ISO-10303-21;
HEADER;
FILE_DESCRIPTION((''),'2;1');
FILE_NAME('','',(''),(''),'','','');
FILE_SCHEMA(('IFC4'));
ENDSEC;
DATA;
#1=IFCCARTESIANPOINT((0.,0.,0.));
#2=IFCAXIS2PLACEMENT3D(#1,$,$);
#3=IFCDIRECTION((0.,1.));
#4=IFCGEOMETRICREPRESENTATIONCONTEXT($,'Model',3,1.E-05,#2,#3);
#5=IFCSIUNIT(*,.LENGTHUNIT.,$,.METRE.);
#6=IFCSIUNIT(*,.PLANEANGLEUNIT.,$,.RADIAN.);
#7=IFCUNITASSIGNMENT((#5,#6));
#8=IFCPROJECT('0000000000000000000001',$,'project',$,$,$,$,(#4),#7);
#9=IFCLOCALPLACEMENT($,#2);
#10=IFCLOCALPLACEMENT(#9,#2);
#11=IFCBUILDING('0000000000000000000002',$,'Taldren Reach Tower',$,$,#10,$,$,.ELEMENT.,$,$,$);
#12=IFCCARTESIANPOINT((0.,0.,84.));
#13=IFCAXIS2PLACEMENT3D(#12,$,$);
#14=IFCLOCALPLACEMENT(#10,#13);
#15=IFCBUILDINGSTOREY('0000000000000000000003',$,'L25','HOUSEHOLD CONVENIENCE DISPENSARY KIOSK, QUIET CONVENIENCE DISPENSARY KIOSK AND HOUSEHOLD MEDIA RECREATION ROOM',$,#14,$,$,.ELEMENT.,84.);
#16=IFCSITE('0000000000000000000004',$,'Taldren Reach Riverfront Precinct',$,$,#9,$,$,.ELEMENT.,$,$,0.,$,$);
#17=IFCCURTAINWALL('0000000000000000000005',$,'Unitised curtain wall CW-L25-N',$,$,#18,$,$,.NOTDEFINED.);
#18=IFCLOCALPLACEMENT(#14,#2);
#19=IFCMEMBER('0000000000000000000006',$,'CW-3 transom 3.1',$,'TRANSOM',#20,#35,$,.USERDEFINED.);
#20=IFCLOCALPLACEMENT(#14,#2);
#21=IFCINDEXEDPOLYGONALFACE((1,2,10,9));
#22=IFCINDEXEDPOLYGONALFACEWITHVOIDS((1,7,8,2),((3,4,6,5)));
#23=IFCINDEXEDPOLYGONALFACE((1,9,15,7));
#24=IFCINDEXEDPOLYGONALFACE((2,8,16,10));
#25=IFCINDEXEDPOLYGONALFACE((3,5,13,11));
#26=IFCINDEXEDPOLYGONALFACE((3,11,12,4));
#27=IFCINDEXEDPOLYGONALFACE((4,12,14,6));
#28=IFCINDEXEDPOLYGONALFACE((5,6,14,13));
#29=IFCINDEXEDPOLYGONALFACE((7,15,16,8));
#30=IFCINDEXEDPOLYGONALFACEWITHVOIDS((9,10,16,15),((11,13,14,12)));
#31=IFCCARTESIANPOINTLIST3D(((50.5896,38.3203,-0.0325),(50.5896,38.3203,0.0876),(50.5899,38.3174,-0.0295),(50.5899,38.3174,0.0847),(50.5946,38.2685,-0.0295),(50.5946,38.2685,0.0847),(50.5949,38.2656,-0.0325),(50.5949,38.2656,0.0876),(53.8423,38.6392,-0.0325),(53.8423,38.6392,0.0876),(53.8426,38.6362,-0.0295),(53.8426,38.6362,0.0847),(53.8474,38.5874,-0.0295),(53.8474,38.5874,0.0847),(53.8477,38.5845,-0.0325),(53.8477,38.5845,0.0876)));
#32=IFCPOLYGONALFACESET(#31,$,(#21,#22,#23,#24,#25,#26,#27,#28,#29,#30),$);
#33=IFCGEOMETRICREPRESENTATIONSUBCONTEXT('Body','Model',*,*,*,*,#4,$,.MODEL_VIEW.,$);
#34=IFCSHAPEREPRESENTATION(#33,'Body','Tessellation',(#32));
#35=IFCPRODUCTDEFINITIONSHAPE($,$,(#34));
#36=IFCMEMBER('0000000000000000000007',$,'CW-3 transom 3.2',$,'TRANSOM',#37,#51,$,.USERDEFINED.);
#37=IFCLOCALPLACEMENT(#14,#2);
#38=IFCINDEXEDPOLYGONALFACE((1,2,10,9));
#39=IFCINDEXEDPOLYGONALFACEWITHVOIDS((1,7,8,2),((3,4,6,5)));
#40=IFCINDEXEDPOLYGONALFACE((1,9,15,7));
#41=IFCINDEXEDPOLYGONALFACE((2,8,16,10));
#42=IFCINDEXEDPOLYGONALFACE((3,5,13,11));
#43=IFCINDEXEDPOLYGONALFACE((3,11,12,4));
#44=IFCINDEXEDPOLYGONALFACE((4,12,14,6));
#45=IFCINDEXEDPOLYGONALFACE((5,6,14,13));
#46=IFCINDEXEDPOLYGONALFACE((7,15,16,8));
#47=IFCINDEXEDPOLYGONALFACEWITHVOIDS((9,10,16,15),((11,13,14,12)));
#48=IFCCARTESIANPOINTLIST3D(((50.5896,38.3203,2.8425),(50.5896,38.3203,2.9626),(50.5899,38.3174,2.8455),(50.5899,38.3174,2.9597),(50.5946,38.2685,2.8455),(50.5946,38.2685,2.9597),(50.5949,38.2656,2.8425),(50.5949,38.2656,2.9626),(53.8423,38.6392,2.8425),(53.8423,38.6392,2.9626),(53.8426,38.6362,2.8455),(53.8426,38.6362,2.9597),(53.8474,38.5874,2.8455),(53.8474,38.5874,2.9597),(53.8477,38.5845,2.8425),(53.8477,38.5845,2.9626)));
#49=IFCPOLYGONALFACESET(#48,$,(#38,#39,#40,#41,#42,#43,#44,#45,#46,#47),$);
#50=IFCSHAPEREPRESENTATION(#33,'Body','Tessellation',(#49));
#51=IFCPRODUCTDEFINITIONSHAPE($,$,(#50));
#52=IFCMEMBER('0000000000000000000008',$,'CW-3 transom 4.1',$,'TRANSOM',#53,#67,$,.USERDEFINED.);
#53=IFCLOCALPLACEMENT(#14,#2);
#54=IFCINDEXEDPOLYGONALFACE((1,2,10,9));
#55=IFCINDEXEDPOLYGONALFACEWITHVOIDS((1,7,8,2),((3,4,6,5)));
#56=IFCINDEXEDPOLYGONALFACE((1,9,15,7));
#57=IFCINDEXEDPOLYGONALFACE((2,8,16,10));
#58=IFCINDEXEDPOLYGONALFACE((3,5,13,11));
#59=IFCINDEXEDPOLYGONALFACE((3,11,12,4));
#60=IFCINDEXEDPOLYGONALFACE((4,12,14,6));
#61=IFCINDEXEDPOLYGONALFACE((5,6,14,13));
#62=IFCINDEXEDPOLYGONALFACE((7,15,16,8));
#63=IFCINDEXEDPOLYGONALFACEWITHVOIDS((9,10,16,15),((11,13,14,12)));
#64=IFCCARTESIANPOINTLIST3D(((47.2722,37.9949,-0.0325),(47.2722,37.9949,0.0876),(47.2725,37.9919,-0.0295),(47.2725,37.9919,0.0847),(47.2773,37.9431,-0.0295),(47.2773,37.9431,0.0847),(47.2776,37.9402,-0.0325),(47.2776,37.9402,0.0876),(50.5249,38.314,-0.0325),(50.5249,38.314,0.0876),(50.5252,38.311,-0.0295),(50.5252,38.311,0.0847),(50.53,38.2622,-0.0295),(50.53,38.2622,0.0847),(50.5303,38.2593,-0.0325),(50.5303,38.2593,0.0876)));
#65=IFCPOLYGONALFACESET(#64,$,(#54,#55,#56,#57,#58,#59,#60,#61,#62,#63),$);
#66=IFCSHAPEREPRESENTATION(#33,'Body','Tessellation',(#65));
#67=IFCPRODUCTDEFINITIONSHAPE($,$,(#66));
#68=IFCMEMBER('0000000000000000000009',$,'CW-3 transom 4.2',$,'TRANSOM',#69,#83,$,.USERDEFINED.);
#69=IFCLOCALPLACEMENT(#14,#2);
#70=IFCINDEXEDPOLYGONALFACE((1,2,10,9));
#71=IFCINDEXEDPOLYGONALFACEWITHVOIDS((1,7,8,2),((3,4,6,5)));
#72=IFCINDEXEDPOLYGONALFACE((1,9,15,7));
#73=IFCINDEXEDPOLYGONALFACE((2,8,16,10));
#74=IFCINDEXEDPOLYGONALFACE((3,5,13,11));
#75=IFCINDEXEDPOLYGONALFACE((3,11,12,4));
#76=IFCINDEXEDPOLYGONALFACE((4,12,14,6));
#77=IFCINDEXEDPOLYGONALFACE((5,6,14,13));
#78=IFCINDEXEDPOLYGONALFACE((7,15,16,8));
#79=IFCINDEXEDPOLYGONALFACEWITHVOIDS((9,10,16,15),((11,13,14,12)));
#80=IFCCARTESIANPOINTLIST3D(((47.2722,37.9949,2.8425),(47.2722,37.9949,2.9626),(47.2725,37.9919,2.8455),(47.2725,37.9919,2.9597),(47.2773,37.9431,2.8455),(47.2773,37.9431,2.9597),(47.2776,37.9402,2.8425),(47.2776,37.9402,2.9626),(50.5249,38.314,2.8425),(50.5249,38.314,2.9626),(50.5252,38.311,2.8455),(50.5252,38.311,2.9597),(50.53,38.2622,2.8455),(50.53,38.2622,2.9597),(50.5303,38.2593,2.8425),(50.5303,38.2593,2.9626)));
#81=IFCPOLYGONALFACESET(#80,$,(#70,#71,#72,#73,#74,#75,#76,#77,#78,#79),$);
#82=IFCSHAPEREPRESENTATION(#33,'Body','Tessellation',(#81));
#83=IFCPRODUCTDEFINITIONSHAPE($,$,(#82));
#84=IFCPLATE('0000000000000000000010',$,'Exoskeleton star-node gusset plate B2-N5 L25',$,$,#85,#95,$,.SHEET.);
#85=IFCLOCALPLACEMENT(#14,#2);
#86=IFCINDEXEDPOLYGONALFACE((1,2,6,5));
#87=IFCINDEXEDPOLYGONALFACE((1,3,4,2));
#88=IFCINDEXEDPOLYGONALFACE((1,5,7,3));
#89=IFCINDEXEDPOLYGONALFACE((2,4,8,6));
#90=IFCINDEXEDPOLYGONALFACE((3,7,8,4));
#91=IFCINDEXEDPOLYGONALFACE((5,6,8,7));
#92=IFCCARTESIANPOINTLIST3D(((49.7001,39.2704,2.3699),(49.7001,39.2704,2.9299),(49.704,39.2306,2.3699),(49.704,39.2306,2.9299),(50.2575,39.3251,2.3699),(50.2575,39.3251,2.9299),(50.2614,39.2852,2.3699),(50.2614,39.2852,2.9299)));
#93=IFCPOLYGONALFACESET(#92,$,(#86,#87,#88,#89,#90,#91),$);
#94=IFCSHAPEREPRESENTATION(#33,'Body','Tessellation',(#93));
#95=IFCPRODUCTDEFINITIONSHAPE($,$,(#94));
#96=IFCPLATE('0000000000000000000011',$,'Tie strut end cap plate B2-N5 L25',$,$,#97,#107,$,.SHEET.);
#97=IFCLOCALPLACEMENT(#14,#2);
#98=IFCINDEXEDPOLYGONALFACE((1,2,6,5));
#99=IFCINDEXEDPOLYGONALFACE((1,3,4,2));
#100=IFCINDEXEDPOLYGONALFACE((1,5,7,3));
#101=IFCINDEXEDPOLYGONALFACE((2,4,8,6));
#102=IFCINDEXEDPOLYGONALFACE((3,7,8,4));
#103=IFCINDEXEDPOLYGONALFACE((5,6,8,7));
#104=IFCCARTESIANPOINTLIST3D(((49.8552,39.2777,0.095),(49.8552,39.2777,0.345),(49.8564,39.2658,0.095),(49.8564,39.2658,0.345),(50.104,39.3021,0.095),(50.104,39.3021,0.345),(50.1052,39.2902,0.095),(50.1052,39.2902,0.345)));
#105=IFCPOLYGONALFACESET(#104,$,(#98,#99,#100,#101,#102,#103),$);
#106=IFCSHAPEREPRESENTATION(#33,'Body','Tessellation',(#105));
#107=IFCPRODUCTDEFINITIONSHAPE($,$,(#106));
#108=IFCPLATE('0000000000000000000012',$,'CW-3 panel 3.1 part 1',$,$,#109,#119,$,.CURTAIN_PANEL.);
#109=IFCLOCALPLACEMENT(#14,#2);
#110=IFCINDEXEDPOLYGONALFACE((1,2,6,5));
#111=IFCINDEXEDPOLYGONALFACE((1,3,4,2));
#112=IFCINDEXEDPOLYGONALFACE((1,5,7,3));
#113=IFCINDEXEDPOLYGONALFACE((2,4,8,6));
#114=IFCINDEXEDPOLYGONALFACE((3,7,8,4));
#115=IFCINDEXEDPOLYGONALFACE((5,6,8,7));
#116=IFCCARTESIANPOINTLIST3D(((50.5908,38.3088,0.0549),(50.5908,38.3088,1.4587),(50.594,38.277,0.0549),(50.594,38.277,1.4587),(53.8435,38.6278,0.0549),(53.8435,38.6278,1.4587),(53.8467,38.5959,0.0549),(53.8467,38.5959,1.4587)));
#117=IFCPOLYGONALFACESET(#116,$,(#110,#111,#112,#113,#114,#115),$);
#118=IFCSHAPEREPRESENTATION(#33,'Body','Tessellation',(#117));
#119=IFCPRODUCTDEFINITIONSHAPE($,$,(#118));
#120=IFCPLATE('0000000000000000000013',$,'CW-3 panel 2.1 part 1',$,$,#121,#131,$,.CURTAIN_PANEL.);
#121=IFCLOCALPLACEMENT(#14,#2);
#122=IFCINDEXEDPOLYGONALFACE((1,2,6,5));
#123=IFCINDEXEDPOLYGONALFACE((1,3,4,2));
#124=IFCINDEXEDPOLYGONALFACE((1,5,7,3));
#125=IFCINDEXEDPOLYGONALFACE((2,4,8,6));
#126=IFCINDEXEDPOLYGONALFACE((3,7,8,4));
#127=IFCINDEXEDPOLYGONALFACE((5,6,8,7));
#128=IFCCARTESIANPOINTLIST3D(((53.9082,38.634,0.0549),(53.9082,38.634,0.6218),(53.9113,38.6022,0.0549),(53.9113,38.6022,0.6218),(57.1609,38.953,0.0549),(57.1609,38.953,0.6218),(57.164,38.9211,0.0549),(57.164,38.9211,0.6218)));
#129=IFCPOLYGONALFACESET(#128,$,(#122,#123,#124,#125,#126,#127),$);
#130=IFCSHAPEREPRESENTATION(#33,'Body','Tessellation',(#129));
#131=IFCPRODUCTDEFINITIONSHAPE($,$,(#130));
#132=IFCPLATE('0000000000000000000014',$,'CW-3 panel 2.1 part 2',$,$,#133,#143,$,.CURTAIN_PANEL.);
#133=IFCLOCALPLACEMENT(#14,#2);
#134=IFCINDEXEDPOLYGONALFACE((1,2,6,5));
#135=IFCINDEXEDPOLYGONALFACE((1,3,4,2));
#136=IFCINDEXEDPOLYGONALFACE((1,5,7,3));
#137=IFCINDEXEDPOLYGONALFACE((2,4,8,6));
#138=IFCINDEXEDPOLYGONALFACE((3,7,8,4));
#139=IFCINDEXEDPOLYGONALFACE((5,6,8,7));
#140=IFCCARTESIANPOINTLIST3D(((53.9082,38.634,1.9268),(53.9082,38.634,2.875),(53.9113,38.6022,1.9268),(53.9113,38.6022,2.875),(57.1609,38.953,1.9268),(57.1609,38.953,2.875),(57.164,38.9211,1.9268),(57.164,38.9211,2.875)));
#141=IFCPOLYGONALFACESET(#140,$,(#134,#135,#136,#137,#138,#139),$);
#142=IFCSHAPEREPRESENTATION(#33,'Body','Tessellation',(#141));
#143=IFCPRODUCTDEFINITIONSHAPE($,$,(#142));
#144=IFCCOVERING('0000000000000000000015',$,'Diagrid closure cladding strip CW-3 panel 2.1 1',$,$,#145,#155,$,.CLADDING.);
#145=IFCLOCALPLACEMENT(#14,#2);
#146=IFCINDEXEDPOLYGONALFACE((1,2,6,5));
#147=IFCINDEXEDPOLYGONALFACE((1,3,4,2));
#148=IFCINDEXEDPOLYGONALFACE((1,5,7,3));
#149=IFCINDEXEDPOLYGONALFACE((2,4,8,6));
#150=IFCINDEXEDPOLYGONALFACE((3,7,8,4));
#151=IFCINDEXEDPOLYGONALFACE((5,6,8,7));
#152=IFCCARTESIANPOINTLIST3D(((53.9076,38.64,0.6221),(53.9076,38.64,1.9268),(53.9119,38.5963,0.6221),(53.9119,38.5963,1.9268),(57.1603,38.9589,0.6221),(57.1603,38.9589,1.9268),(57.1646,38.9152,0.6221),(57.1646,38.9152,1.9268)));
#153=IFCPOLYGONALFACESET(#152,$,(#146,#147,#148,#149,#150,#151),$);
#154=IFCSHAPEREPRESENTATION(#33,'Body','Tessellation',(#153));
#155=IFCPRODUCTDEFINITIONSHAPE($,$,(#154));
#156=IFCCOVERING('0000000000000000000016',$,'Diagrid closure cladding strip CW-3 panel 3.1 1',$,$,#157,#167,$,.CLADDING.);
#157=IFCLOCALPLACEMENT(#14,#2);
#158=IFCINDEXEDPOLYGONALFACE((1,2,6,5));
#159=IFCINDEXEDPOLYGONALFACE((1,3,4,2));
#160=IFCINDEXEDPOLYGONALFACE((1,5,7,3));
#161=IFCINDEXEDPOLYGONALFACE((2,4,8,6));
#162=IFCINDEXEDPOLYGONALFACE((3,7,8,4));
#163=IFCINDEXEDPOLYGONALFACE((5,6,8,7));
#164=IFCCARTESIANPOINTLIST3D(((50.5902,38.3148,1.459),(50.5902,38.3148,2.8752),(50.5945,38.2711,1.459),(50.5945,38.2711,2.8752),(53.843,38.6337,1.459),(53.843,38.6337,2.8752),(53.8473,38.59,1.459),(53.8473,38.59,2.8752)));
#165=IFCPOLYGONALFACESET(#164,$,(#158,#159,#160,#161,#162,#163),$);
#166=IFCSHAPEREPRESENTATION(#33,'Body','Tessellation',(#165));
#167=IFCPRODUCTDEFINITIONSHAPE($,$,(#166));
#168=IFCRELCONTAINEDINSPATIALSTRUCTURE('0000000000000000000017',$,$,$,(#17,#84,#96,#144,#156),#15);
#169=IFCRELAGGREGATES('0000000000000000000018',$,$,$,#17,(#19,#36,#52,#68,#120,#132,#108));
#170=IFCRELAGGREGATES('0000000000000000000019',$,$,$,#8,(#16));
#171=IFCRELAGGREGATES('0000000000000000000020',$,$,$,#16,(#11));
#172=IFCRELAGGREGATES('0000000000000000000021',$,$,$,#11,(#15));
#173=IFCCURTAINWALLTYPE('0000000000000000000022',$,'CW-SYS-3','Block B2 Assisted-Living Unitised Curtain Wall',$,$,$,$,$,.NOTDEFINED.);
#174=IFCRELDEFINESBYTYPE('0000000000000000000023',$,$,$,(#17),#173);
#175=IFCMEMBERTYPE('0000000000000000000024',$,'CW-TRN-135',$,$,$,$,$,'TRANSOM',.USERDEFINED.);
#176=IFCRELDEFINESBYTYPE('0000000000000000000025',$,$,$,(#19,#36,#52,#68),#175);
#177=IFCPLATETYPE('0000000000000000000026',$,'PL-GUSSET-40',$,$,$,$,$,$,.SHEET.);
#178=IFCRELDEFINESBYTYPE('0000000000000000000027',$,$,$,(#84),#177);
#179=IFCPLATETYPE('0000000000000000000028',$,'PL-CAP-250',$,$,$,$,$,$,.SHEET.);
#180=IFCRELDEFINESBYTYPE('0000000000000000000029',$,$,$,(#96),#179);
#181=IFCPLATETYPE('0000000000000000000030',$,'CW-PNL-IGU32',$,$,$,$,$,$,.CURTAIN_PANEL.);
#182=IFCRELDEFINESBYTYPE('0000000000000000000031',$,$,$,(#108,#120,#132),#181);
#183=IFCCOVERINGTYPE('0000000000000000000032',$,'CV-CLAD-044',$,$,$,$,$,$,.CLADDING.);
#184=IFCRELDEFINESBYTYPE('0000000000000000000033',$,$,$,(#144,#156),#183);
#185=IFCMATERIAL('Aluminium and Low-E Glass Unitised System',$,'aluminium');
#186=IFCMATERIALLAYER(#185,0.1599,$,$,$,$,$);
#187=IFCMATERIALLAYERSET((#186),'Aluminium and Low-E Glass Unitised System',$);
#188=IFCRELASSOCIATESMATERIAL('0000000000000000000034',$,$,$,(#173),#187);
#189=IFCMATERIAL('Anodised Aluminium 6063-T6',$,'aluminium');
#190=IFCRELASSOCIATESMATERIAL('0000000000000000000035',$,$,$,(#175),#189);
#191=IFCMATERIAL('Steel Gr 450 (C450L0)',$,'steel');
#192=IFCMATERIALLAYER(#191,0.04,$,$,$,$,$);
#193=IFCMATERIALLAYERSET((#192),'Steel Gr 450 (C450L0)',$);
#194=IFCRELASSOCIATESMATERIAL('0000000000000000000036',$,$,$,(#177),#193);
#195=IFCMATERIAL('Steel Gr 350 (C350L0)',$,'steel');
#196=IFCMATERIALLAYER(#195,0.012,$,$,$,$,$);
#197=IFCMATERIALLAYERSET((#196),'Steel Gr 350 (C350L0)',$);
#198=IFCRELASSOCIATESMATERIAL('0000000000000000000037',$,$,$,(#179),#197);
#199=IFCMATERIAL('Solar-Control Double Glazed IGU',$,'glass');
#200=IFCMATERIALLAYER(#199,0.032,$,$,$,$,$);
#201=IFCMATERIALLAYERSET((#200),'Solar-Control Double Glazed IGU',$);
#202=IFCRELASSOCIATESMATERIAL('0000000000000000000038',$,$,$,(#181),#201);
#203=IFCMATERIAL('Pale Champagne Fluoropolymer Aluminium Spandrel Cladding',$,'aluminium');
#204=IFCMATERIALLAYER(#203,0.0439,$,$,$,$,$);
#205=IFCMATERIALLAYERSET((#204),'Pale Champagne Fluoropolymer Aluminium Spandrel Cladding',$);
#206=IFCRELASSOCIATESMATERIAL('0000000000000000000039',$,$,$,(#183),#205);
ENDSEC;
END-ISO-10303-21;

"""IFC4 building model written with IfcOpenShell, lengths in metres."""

from ifc_helpers import new_model, si_unit, direction, frame, origin, origin_2d, place, context, subcontext, project, spatial, rectangle, hollow_rectangle, extrude, source, transform, mapped, material, layer, layer_set, material_profile, profile_set, type_object, element, aggregate, save


model = new_model("IFC4")

# Units and contexts
model_context = context("Model", 3, precision=1e-05, world=origin(), true_north=direction((0.0, 1.0)))
body_context = subcontext(model_context, "Body", "Model", "MODEL_VIEW")
ifc_project = project(units=[si_unit("LENGTHUNIT", "METRE"), si_unit("PLANEANGLEUNIT", "RADIAN")], contexts=[model_context])

# Site, building, storey
site_placement = place(None, origin())
site = spatial("IfcSite", under=ifc_project, at=site_placement, Name="Taldren Reach Riverfront Precinct", CompositionType="ELEMENT", RefElevation=0.0)
building_placement = place(site_placement, origin())
building = spatial("IfcBuilding", under=site, at=building_placement, Name="Taldren Reach Tower", CompositionType="ELEMENT")
storey_placement = place(building_placement, frame((0.0, 0.0, 84.0)))
storey = spatial("IfcBuildingStorey", under=building, at=storey_placement, Name="L25", Description="HOUSEHOLD CONVENIENCE DISPENSARY KIOSK, QUIET CONVENIENCE DISPENSARY KIOSK AND HOUSEHOLD MEDIA RECREATION ROOM", CompositionType="ELEMENT", Elevation=84.0)

# Shared definitions
ifc_material_1 = material(Name="Steel Gr 450 (C450L0)", Category="steel")
ifc_material_2 = material(Name="Steel Gr 350 (C350L0)", Category="steel")

# Curtain wall, members
ifc_material_3 = material(Name="Aluminium and Low-E Glass Unitised System", Category="aluminium")
ifc_layer_1 = layer(ifc_material_3, 0.1599)
ifc_layer_set_1 = layer_set([ifc_layer_1], Name="Aluminium and Low-E Glass Unitised System")
curtain_wall_type = type_object("IfcCurtainWallType", Name="CW-SYS-3", Description="Block B2 Assisted-Living Unitised Curtain Wall", PredefinedType="NOTDEFINED", material=ifc_layer_set_1)
curtain_wall_placement = place(storey_placement, origin())
curtain_wall = element("IfcCurtainWall", 1, at=curtain_wall_placement, inside=storey, type_object=curtain_wall_type, Name="Unitised curtain wall CW-L25-N", PredefinedType="NOTDEFINED")
ifc_material_4 = material(Name="Anodised Aluminium 6063-T6", Category="aluminium")
ifc_material_profile_1 = material_profile(ifc_material_4, hollow_rectangle(XDim=0.0549, YDim=0.1201, WallThickness=0.0029, at=origin_2d()), Name="ALU-120x55x3RHS")
ifc_profile_set_1 = profile_set([ifc_material_profile_1], Name="Anodised Aluminium 6063-T6")
member_type_1 = type_object("IfcMemberType", Name="CW-TRN-135", ElementType="TRANSOM", PredefinedType="USERDEFINED", material=ifc_profile_set_1)
shared_shape_1 = source(origin(), body_context, "Body", "SweptSolid", [
    extrude(hollow_rectangle(XDim=0.0549, YDim=0.1201, WallThickness=0.0029, at=origin_2d()), origin(), (0.0, 0.0, 1.0), 3.2683),
])
member_1_placement = place(storey_placement, frame((53.845, 38.6118, 0.0276), z_axis=(-0.99523, -0.097558, 0.0), x_axis=(0.097558, -0.99523, 0.0)))
member_1 = element("IfcMember", 2, at=member_1_placement, type_object=member_type_1, Name="CW-3 transom 3.1", ObjectType="TRANSOM", PredefinedType="USERDEFINED", context=body_context, shape_type="MappedRepresentation", body=[
    mapped(shared_shape_1, transform((0.0, 0.0, 0.0), scale=1.0)),
])
member_2_placement = place(storey_placement, frame((53.845, 38.6118, 2.9026), z_axis=(-0.99523, -0.097558, 0.0), x_axis=(0.097558, -0.99523, 0.0)))
member_2 = element("IfcMember", 3, at=member_2_placement, type_object=member_type_1, Name="CW-3 transom 3.2", ObjectType="TRANSOM", PredefinedType="USERDEFINED", context=body_context, shape_type="MappedRepresentation", body=[
    mapped(shared_shape_1, transform((0.0, 0.0, 0.0), scale=1.0)),
])
member_3_placement = place(storey_placement, frame((50.5276, 38.2866, 0.0276), z_axis=(-0.995223, -0.097632, 0.0), x_axis=(0.097632, -0.995223, 0.0)))
member_3 = element("IfcMember", 4, at=member_3_placement, type_object=member_type_1, Name="CW-3 transom 4.1", ObjectType="TRANSOM", PredefinedType="USERDEFINED", context=body_context, shape_type="MappedRepresentation", body=[
    mapped(shared_shape_1, transform((0.0, 0.0, 0.0), scale=1.0)),
])
member_4_placement = place(storey_placement, frame((50.5276, 38.2866, 2.9026), z_axis=(-0.995223, -0.097632, 0.0), x_axis=(0.097632, -0.995223, 0.0)))
member_4 = element("IfcMember", 5, at=member_4_placement, type_object=member_type_1, Name="CW-3 transom 4.2", ObjectType="TRANSOM", PredefinedType="USERDEFINED", context=body_context, shape_type="MappedRepresentation", body=[
    mapped(shared_shape_1, transform((0.0, 0.0, 0.0), scale=1.0)),
])

# Plates
ifc_layer_2 = layer(ifc_material_1, 0.04)
ifc_layer_set_2 = layer_set([ifc_layer_2], Name="Steel Gr 450 (C450L0)")
plate_type_1 = type_object("IfcPlateType", Name="PL-GUSSET-40", PredefinedType="SHEET", material=ifc_layer_set_2)
shared_shape_2 = source(origin(), body_context, "Body", "SweptSolid", [
    extrude(rectangle(XDim=0.5601, YDim=0.04, at=origin_2d()), origin(), (0.0, 0.0, 1.0), 0.5601),
])
plate_1_placement = place(storey_placement, frame((49.9807, 39.2778, 2.3699), z_axis=(0.0, 0.0, 1.0), x_axis=(0.995227, 0.097583, 0.0)))
element("IfcPlate", 6, at=plate_1_placement, inside=storey, type_object=plate_type_1, Name="Exoskeleton star-node gusset plate B2-N5 L25", PredefinedType="SHEET", context=body_context, shape_type="MappedRepresentation", body=[
    mapped(shared_shape_2, transform((0.0, 0.0, 0.0), scale=1.0)),
])
ifc_layer_3 = layer(ifc_material_2, 0.012)
ifc_layer_set_3 = layer_set([ifc_layer_3], Name="Steel Gr 350 (C350L0)")
plate_type_2 = type_object("IfcPlateType", Name="PL-CAP-250", PredefinedType="SHEET", material=ifc_layer_set_3)
shared_shape_3 = source(origin(), body_context, "Body", "SweptSolid", [
    extrude(rectangle(XDim=0.25, YDim=0.012, at=origin_2d()), origin(), (0.0, 0.0, 1.0), 0.25),
])
plate_2_placement = place(storey_placement, frame((49.9802, 39.2839, 0.095), z_axis=(0.0, 0.0, 1.0), x_axis=(0.995227, 0.097583, 0.0)))
element("IfcPlate", 7, at=plate_2_placement, inside=storey, type_object=plate_type_2, Name="Tie strut end cap plate B2-N5 L25", PredefinedType="SHEET", context=body_context, shape_type="MappedRepresentation", body=[
    mapped(shared_shape_3, transform((0.0, 0.0, 0.0), scale=1.0)),
])

# Plates
ifc_material_5 = material(Name="Solar-Control Double Glazed IGU", Category="glass")
ifc_layer_4 = layer(ifc_material_5, 0.032)
ifc_layer_set_4 = layer_set([ifc_layer_4], Name="Solar-Control Double Glazed IGU")
plate_type_3 = type_object("IfcPlateType", Name="CW-PNL-IGU32", PredefinedType="CURTAIN_PANEL", material=ifc_layer_set_4)
shared_shape_4 = source(origin(), body_context, "Body", "SweptSolid", [
    extrude(rectangle(XDim=3.2683, YDim=0.032, at=origin_2d()), origin(), (0.0, 0.0, 1.0), 1.4038),
])
plate_3_placement = place(storey_placement, frame((52.2188, 38.4524, 0.0549), z_axis=(0.0, 0.0, 1.0), x_axis=(-0.995227, -0.097583, 0.0)))
plate_3 = element("IfcPlate", 8, at=plate_3_placement, type_object=plate_type_3, Name="CW-3 panel 3.1 part 1", PredefinedType="CURTAIN_PANEL", context=body_context, shape_type="MappedRepresentation", body=[
    mapped(shared_shape_4, transform((0.0, 0.0, 0.0), scale=1.0)),
])
shared_shape_5 = source(origin(), body_context, "Body", "SweptSolid", [
    extrude(rectangle(XDim=3.2683, YDim=0.032, at=origin_2d()), origin(), (0.0, 0.0, 1.0), 0.5669),
])
plate_4_placement = place(storey_placement, frame((55.5361, 38.7776, 0.0549), z_axis=(0.0, 0.0, 1.0), x_axis=(-0.995227, -0.097583, 0.0)))
plate_4 = element("IfcPlate", 9, at=plate_4_placement, type_object=plate_type_3, Name="CW-3 panel 2.1 part 1", PredefinedType="CURTAIN_PANEL", context=body_context, shape_type="MappedRepresentation", body=[
    mapped(shared_shape_5, transform((0.0, 0.0, 0.0), scale=1.0)),
])
shared_shape_6 = source(origin(), body_context, "Body", "SweptSolid", [
    extrude(rectangle(XDim=3.2683, YDim=0.032, at=origin_2d()), origin(), (0.0, 0.0, 1.0), 0.9482),
])
plate_5_placement = place(storey_placement, frame((55.5361, 38.7776, 1.9268), z_axis=(0.0, 0.0, 1.0), x_axis=(-0.995227, -0.097583, 0.0)))
plate_5 = element("IfcPlate", 10, at=plate_5_placement, type_object=plate_type_3, Name="CW-3 panel 2.1 part 2", PredefinedType="CURTAIN_PANEL", context=body_context, shape_type="MappedRepresentation", body=[
    mapped(shared_shape_6, transform((0.0, 0.0, 0.0), scale=1.0)),
])
aggregate(curtain_wall, [member_1, member_2, member_3, member_4, plate_4, plate_5, plate_3])

# Coverings
ifc_material_6 = material(Name="Pale Champagne Fluoropolymer Aluminium Spandrel Cladding", Category="aluminium")
ifc_layer_5 = layer(ifc_material_6, 0.0439)
ifc_layer_set_5 = layer_set([ifc_layer_5], Name="Pale Champagne Fluoropolymer Aluminium Spandrel Cladding")
covering_type = type_object("IfcCoveringType", Name="CV-CLAD-044", PredefinedType="CLADDING", material=ifc_layer_set_5)
shared_shape_7 = source(origin(), body_context, "Body", "SweptSolid", [
    extrude(rectangle(XDim=3.2683, YDim=0.0439, at=origin_2d()), origin(), (0.0, 0.0, 1.0), 1.3047),
])
covering_1_placement = place(storey_placement, frame((55.5361, 38.7776, 0.6221), z_axis=(0.0, 0.0, 1.0), x_axis=(-0.995227, -0.097583, 0.0)))
element("IfcCovering", 11, at=covering_1_placement, inside=storey, type_object=covering_type, Name="Diagrid closure cladding strip CW-3 panel 2.1 1", PredefinedType="CLADDING", context=body_context, shape_type="MappedRepresentation", body=[
    mapped(shared_shape_7, transform((0.0, 0.0, 0.0), scale=1.0)),
])
shared_shape_8 = source(origin(), body_context, "Body", "SweptSolid", [
    extrude(rectangle(XDim=3.2683, YDim=0.0439, at=origin_2d()), origin(), (0.0, 0.0, 1.0), 1.4163),
])
covering_2_placement = place(storey_placement, frame((52.2188, 38.4524, 1.459), z_axis=(0.0, 0.0, 1.0), x_axis=(-0.995227, -0.097583, 0.0)))
element("IfcCovering", 12, at=covering_2_placement, inside=storey, type_object=covering_type, Name="Diagrid closure cladding strip CW-3 panel 3.1 1", PredefinedType="CLADDING", context=body_context, shape_type="MappedRepresentation", body=[
    mapped(shared_shape_8, transform((0.0, 0.0, 0.0), scale=1.0)),
])

save(model, "model.ifc")
